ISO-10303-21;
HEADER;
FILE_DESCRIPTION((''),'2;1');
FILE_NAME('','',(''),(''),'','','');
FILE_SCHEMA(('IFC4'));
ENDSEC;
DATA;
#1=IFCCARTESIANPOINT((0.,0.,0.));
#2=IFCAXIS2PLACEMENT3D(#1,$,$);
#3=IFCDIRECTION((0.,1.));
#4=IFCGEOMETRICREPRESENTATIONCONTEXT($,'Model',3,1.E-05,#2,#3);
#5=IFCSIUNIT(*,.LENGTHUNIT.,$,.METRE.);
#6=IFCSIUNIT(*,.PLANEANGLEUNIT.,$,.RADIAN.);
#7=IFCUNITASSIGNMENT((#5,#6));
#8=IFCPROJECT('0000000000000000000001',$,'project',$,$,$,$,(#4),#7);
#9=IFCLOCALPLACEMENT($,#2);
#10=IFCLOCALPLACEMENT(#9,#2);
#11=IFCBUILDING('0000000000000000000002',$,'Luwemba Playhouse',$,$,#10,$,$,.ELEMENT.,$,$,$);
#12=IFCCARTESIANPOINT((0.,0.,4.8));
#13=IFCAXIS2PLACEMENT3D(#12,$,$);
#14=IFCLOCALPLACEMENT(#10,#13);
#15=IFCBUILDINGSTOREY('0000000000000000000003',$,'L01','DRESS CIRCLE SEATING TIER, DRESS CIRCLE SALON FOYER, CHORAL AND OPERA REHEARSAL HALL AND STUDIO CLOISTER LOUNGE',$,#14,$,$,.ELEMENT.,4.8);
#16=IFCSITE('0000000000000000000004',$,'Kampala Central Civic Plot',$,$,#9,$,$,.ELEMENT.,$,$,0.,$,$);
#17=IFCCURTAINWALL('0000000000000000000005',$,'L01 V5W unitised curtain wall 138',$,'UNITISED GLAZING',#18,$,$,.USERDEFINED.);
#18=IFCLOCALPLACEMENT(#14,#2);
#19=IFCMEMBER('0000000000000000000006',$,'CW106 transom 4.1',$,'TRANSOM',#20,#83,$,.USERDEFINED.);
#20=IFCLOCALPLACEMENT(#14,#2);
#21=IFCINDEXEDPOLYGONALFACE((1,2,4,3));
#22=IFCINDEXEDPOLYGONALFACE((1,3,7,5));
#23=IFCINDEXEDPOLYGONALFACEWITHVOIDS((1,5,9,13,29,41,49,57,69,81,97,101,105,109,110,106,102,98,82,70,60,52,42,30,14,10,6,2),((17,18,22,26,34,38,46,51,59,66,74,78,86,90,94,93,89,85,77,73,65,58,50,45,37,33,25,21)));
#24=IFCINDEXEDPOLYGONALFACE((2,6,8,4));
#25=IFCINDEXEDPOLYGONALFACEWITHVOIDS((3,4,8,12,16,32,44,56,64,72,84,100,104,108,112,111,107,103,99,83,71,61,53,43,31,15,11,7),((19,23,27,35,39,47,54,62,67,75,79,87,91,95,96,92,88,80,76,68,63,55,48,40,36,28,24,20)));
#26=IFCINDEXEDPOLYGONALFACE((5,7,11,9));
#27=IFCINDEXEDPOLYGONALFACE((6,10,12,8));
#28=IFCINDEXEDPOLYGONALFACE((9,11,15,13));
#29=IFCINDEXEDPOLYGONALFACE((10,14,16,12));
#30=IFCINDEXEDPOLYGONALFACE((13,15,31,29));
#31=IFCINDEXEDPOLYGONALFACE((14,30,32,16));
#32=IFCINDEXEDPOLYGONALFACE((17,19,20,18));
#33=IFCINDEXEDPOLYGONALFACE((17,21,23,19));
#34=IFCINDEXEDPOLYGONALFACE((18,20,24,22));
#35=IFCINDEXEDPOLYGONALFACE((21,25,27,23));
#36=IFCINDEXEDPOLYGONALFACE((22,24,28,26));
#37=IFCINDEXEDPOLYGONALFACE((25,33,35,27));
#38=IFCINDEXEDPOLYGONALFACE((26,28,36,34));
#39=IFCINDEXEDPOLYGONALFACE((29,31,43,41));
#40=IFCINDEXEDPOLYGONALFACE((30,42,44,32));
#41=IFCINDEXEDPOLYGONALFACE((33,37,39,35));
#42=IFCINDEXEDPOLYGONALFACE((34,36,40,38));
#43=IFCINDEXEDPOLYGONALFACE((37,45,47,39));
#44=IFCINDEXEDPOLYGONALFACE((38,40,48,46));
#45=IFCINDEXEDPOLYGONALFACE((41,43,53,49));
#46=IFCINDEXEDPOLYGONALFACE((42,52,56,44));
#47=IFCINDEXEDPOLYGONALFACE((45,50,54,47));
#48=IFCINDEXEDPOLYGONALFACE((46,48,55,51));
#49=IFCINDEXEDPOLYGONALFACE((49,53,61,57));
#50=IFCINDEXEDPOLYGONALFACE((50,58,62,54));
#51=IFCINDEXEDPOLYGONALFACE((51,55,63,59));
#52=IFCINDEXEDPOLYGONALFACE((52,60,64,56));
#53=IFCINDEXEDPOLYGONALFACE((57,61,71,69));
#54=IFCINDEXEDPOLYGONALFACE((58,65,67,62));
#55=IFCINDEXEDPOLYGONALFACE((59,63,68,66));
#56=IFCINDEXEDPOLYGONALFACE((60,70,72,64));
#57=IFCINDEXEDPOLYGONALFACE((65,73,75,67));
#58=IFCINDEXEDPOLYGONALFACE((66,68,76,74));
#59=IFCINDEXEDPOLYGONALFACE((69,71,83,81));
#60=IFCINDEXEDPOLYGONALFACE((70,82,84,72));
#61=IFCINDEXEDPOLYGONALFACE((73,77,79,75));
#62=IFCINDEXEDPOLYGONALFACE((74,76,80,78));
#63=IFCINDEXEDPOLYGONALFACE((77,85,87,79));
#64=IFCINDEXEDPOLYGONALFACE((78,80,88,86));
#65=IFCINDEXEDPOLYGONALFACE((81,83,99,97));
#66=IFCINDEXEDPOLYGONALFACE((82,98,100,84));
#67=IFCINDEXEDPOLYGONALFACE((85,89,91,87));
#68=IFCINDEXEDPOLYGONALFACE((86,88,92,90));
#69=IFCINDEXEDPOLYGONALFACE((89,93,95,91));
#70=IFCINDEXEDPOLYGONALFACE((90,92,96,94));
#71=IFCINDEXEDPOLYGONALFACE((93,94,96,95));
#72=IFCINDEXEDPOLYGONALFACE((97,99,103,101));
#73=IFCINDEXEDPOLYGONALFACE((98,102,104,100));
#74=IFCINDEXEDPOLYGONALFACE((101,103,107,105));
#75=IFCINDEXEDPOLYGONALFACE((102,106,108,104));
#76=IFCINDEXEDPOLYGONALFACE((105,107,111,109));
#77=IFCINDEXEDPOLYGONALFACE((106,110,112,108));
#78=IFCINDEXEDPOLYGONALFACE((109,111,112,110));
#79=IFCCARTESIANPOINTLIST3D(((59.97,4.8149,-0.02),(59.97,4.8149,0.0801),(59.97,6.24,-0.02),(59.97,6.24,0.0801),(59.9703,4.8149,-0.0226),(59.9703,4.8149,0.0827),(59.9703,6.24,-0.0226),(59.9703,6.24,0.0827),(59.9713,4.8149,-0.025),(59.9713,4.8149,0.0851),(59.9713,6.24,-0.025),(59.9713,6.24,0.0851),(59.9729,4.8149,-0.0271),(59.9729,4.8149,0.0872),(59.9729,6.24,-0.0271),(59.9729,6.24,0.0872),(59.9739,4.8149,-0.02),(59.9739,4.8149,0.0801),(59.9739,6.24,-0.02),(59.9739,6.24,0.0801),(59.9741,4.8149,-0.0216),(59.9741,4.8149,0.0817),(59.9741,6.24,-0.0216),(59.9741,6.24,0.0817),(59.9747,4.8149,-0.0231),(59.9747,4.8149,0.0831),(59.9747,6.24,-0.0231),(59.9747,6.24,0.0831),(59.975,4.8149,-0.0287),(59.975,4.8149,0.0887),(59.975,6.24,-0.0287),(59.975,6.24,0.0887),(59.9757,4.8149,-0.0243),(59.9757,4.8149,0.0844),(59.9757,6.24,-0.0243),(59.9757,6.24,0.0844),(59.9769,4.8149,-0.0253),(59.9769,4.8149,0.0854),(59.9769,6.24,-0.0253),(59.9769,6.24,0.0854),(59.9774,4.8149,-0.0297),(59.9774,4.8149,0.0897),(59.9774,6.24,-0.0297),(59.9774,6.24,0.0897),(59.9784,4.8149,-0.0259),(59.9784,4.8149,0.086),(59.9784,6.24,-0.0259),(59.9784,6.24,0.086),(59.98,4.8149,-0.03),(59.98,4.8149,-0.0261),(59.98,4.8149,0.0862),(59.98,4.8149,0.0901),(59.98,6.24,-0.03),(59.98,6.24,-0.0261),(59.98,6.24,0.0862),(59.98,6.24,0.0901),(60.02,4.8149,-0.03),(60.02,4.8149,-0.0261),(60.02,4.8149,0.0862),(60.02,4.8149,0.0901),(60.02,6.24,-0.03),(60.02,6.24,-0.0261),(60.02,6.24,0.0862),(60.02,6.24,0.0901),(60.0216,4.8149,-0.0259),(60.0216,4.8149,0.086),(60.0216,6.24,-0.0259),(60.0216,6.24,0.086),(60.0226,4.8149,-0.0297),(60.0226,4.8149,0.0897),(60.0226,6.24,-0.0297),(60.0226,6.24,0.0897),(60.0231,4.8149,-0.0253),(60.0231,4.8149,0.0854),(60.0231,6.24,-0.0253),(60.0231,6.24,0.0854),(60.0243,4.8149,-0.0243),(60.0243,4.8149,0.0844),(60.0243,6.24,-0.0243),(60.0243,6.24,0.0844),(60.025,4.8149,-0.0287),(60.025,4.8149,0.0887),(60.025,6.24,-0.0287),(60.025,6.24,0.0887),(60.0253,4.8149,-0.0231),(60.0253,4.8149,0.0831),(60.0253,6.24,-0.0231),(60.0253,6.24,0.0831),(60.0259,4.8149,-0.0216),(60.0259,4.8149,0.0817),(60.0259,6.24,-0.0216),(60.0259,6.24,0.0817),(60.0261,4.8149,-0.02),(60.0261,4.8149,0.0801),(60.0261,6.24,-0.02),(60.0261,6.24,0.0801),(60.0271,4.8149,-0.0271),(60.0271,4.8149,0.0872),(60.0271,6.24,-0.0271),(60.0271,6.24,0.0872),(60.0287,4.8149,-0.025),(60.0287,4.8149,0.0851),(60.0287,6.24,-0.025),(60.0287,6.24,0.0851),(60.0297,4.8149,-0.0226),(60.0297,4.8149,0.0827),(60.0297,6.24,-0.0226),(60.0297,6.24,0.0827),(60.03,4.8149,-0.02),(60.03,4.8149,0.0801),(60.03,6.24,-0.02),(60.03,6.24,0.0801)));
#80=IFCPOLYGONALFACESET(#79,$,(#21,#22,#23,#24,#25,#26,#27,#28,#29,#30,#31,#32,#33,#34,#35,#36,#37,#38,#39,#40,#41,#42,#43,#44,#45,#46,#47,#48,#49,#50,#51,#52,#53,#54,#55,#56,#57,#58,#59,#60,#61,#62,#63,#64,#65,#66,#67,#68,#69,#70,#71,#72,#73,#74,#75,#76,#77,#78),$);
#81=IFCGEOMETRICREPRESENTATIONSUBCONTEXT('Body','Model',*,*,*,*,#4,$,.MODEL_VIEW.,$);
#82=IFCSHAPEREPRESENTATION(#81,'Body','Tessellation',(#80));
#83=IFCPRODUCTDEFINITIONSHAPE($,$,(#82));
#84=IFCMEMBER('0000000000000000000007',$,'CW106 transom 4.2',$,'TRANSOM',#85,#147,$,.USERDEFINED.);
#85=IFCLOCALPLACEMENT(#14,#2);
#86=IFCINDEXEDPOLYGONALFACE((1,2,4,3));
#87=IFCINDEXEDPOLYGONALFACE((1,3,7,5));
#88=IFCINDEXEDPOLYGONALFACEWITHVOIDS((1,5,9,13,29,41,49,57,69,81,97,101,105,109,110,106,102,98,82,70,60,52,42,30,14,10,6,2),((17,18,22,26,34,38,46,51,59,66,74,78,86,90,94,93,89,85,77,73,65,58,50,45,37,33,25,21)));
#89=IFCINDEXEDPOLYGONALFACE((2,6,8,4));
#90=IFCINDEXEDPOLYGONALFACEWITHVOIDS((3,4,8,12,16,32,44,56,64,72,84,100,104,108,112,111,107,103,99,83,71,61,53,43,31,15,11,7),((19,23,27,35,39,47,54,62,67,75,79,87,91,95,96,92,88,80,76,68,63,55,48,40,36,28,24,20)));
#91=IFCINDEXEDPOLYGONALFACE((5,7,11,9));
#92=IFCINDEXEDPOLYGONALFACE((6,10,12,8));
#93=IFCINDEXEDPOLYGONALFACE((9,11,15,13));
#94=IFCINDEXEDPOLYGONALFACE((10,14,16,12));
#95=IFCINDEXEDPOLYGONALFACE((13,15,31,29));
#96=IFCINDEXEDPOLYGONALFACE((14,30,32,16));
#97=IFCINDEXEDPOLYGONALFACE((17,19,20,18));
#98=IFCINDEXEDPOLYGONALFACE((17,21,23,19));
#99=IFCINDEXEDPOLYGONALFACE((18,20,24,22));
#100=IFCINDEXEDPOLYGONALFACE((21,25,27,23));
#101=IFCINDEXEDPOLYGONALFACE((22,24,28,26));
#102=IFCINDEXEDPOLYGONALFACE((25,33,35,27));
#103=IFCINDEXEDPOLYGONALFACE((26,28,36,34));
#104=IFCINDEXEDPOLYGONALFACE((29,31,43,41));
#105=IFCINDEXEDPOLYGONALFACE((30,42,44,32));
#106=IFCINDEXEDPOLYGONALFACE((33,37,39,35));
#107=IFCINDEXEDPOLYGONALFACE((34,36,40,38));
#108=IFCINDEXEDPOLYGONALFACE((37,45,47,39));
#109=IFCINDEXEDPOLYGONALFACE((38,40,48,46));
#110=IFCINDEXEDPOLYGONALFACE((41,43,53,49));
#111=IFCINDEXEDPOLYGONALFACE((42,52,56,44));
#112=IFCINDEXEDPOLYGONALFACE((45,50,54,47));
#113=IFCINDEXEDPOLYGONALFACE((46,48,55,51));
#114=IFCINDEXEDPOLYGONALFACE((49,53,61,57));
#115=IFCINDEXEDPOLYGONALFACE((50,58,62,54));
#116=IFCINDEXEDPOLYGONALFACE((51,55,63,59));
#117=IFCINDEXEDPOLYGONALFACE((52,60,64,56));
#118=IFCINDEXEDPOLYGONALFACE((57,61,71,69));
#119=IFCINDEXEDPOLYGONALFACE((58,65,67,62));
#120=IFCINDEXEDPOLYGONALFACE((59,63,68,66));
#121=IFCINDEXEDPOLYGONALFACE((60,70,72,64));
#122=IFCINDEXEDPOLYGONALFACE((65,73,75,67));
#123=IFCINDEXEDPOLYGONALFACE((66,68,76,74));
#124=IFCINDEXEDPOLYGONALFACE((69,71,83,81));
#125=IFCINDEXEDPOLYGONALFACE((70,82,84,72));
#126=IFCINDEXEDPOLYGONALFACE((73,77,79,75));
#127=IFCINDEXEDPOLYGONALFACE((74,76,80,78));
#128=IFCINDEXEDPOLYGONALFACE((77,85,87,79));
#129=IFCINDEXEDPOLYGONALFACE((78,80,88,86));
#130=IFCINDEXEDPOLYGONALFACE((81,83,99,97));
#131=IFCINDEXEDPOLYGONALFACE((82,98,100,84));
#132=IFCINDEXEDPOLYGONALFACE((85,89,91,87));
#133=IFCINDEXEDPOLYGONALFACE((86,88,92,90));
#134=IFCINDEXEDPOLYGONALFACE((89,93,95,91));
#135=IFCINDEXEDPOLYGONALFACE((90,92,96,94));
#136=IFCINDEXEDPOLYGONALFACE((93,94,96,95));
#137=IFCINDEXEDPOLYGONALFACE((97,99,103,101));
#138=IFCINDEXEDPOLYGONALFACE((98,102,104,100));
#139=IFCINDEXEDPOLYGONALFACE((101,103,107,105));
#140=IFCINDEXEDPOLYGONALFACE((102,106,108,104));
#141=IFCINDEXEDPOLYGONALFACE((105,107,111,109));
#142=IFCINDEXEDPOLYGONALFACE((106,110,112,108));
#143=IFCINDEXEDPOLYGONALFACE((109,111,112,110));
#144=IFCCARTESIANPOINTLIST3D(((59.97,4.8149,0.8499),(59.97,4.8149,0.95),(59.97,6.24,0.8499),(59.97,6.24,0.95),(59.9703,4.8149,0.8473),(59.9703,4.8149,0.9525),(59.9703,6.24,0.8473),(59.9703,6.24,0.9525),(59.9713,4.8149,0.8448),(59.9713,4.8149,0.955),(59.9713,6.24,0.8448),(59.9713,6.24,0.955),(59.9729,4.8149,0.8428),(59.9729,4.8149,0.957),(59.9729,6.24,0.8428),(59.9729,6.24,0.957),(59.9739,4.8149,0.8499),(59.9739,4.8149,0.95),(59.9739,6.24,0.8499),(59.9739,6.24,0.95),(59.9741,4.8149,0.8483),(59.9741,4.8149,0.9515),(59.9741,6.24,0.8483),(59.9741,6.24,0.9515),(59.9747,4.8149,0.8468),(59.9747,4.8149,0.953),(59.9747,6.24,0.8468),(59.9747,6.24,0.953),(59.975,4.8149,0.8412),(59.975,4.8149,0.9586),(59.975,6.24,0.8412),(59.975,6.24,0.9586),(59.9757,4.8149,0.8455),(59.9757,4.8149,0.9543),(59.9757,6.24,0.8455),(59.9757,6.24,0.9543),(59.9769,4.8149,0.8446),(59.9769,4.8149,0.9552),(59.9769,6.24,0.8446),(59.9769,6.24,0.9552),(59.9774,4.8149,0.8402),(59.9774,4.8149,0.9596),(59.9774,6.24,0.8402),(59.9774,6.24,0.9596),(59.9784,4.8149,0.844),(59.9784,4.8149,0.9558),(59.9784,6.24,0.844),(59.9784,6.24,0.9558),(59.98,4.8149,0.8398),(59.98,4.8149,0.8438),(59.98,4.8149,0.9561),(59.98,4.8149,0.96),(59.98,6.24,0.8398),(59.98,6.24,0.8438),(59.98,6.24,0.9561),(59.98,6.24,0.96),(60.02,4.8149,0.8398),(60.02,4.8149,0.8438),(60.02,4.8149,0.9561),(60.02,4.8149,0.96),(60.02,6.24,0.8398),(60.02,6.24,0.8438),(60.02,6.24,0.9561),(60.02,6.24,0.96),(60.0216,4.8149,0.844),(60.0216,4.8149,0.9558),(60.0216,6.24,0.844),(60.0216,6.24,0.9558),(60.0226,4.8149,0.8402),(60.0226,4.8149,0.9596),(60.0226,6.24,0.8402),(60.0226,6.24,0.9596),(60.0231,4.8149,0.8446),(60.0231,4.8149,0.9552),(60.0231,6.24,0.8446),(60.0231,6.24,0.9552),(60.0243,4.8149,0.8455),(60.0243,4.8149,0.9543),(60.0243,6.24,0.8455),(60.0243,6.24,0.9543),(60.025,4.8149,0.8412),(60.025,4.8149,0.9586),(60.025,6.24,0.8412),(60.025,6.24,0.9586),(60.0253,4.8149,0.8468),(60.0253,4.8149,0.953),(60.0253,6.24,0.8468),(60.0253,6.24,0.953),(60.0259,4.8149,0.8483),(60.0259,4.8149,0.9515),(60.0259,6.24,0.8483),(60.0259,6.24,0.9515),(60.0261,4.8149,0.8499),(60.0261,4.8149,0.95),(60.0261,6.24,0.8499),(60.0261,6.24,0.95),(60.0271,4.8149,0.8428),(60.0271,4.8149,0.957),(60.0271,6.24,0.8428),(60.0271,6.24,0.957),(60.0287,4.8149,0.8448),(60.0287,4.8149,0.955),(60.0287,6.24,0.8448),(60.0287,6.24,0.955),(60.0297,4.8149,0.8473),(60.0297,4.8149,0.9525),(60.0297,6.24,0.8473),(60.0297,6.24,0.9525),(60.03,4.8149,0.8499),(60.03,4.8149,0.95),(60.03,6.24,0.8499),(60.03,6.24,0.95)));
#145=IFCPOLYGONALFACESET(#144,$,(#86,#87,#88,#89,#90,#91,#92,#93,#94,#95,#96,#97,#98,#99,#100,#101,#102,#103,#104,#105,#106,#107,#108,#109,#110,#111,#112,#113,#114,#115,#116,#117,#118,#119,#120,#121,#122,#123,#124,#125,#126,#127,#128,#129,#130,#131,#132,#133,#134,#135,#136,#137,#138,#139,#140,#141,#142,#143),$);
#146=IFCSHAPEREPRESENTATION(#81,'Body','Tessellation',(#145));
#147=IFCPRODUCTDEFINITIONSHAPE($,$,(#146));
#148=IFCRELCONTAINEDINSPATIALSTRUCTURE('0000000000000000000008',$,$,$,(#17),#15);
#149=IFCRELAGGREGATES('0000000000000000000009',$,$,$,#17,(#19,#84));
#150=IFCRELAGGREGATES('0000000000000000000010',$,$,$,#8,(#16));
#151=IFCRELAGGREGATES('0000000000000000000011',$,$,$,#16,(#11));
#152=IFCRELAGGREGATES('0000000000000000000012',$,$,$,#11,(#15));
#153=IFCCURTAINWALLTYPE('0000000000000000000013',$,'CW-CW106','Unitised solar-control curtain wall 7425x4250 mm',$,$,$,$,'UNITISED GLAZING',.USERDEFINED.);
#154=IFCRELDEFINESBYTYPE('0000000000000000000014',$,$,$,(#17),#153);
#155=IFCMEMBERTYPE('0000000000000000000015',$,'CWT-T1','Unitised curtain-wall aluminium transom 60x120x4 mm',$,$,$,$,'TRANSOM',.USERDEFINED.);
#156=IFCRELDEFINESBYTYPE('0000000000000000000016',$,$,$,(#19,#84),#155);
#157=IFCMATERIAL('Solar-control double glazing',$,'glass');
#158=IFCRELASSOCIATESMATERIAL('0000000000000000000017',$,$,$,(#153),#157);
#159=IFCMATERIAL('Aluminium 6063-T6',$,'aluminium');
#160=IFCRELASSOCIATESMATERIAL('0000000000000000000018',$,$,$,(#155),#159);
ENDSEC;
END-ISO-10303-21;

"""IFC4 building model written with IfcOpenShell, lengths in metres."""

from ifc_helpers import new_model, si_unit, direction, frame, origin, origin_2d, place, context, subcontext, project, spatial, hollow_rectangle, extrude, material, material_profile, profile_set, type_object, element, aggregate, save


model = new_model("IFC4")

# Units and contexts
model_context = context("Model", 3, precision=1e-05, world=origin(), true_north=direction((0.0, 1.0)))
body_context = subcontext(model_context, "Body", "Model", "MODEL_VIEW")
ifc_project = project(units=[si_unit("LENGTHUNIT", "METRE"), si_unit("PLANEANGLEUNIT", "RADIAN")], contexts=[model_context])

# Site, building, storey
site_placement = place(None, origin())
site = spatial("IfcSite", under=ifc_project, at=site_placement, Name="Kampala Central Civic Plot", CompositionType="ELEMENT", RefElevation=0.0)
building_placement = place(site_placement, origin())
building = spatial("IfcBuilding", under=site, at=building_placement, Name="Luwemba Playhouse", CompositionType="ELEMENT")
storey_placement = place(building_placement, frame((0.0, 0.0, 4.8)))
storey = spatial("IfcBuildingStorey", under=building, at=storey_placement, Name="L01", Description="DRESS CIRCLE SEATING TIER, DRESS CIRCLE SALON FOYER, CHORAL AND OPERA REHEARSAL HALL AND STUDIO CLOISTER LOUNGE", CompositionType="ELEMENT", Elevation=4.8)

# Curtain wall, members
ifc_material_1 = material(Name="Solar-control double glazing", Category="glass")
curtain_wall_type = type_object("IfcCurtainWallType", Name="CW-CW106", Description="Unitised solar-control curtain wall 7425x4250 mm", ElementType="UNITISED GLAZING", PredefinedType="USERDEFINED", material=ifc_material_1)
curtain_wall_placement = place(storey_placement, origin())
curtain_wall = element("IfcCurtainWall", 1, at=curtain_wall_placement, inside=storey, type_object=curtain_wall_type, Name="L01 V5W unitised curtain wall 138", ObjectType="UNITISED GLAZING", PredefinedType="USERDEFINED")
ifc_material_2 = material(Name="Aluminium 6063-T6", Category="aluminium")
ifc_material_profile_1 = material_profile(ifc_material_2, hollow_rectangle(XDim=0.0601, YDim=0.1201, WallThickness=0.0039, InnerFilletRadius=0.0061, OuterFilletRadius=0.01, at=origin_2d()))
ifc_profile_set_1 = profile_set([ifc_material_profile_1], Name="Aluminium 6063-T6")
member_type_1 = type_object("IfcMemberType", Name="CWT-T1", Description="Unitised curtain-wall aluminium transom 60x120x4 mm", ElementType="TRANSOM", PredefinedType="USERDEFINED", material=ifc_profile_set_1)
member_1_placement = place(storey_placement, frame((60.0, 6.24, 0.03), z_axis=(0.0, -1.0, 0.0), x_axis=(1.0, 0.0, 0.0)))
member_1 = element("IfcMember", 2, at=member_1_placement, type_object=member_type_1, Name="CW106 transom 4.1", ObjectType="TRANSOM", PredefinedType="USERDEFINED", context=body_context, shape_type="SweptSolid", body=[
    extrude(hollow_rectangle(XDim=0.0601, YDim=0.1201, WallThickness=0.0039, InnerFilletRadius=0.0061, OuterFilletRadius=0.01, at=origin_2d()), origin(), (0.0, 0.0, 1.0), 1.425),
])
member_2_placement = place(storey_placement, frame((60.0, 6.24, 0.8999), z_axis=(0.0, -1.0, 0.0), x_axis=(1.0, 0.0, 0.0)))
member_2 = element("IfcMember", 3, at=member_2_placement, type_object=member_type_1, Name="CW106 transom 4.2", ObjectType="TRANSOM", PredefinedType="USERDEFINED", context=body_context, shape_type="SweptSolid", body=[
    extrude(hollow_rectangle(XDim=0.0601, YDim=0.1201, WallThickness=0.0039, InnerFilletRadius=0.0061, OuterFilletRadius=0.01, at=origin_2d()), origin(), (0.0, 0.0, 1.0), 1.425),
])
aggregate(curtain_wall, [member_1, member_2])

save(model, "model.ifc")
